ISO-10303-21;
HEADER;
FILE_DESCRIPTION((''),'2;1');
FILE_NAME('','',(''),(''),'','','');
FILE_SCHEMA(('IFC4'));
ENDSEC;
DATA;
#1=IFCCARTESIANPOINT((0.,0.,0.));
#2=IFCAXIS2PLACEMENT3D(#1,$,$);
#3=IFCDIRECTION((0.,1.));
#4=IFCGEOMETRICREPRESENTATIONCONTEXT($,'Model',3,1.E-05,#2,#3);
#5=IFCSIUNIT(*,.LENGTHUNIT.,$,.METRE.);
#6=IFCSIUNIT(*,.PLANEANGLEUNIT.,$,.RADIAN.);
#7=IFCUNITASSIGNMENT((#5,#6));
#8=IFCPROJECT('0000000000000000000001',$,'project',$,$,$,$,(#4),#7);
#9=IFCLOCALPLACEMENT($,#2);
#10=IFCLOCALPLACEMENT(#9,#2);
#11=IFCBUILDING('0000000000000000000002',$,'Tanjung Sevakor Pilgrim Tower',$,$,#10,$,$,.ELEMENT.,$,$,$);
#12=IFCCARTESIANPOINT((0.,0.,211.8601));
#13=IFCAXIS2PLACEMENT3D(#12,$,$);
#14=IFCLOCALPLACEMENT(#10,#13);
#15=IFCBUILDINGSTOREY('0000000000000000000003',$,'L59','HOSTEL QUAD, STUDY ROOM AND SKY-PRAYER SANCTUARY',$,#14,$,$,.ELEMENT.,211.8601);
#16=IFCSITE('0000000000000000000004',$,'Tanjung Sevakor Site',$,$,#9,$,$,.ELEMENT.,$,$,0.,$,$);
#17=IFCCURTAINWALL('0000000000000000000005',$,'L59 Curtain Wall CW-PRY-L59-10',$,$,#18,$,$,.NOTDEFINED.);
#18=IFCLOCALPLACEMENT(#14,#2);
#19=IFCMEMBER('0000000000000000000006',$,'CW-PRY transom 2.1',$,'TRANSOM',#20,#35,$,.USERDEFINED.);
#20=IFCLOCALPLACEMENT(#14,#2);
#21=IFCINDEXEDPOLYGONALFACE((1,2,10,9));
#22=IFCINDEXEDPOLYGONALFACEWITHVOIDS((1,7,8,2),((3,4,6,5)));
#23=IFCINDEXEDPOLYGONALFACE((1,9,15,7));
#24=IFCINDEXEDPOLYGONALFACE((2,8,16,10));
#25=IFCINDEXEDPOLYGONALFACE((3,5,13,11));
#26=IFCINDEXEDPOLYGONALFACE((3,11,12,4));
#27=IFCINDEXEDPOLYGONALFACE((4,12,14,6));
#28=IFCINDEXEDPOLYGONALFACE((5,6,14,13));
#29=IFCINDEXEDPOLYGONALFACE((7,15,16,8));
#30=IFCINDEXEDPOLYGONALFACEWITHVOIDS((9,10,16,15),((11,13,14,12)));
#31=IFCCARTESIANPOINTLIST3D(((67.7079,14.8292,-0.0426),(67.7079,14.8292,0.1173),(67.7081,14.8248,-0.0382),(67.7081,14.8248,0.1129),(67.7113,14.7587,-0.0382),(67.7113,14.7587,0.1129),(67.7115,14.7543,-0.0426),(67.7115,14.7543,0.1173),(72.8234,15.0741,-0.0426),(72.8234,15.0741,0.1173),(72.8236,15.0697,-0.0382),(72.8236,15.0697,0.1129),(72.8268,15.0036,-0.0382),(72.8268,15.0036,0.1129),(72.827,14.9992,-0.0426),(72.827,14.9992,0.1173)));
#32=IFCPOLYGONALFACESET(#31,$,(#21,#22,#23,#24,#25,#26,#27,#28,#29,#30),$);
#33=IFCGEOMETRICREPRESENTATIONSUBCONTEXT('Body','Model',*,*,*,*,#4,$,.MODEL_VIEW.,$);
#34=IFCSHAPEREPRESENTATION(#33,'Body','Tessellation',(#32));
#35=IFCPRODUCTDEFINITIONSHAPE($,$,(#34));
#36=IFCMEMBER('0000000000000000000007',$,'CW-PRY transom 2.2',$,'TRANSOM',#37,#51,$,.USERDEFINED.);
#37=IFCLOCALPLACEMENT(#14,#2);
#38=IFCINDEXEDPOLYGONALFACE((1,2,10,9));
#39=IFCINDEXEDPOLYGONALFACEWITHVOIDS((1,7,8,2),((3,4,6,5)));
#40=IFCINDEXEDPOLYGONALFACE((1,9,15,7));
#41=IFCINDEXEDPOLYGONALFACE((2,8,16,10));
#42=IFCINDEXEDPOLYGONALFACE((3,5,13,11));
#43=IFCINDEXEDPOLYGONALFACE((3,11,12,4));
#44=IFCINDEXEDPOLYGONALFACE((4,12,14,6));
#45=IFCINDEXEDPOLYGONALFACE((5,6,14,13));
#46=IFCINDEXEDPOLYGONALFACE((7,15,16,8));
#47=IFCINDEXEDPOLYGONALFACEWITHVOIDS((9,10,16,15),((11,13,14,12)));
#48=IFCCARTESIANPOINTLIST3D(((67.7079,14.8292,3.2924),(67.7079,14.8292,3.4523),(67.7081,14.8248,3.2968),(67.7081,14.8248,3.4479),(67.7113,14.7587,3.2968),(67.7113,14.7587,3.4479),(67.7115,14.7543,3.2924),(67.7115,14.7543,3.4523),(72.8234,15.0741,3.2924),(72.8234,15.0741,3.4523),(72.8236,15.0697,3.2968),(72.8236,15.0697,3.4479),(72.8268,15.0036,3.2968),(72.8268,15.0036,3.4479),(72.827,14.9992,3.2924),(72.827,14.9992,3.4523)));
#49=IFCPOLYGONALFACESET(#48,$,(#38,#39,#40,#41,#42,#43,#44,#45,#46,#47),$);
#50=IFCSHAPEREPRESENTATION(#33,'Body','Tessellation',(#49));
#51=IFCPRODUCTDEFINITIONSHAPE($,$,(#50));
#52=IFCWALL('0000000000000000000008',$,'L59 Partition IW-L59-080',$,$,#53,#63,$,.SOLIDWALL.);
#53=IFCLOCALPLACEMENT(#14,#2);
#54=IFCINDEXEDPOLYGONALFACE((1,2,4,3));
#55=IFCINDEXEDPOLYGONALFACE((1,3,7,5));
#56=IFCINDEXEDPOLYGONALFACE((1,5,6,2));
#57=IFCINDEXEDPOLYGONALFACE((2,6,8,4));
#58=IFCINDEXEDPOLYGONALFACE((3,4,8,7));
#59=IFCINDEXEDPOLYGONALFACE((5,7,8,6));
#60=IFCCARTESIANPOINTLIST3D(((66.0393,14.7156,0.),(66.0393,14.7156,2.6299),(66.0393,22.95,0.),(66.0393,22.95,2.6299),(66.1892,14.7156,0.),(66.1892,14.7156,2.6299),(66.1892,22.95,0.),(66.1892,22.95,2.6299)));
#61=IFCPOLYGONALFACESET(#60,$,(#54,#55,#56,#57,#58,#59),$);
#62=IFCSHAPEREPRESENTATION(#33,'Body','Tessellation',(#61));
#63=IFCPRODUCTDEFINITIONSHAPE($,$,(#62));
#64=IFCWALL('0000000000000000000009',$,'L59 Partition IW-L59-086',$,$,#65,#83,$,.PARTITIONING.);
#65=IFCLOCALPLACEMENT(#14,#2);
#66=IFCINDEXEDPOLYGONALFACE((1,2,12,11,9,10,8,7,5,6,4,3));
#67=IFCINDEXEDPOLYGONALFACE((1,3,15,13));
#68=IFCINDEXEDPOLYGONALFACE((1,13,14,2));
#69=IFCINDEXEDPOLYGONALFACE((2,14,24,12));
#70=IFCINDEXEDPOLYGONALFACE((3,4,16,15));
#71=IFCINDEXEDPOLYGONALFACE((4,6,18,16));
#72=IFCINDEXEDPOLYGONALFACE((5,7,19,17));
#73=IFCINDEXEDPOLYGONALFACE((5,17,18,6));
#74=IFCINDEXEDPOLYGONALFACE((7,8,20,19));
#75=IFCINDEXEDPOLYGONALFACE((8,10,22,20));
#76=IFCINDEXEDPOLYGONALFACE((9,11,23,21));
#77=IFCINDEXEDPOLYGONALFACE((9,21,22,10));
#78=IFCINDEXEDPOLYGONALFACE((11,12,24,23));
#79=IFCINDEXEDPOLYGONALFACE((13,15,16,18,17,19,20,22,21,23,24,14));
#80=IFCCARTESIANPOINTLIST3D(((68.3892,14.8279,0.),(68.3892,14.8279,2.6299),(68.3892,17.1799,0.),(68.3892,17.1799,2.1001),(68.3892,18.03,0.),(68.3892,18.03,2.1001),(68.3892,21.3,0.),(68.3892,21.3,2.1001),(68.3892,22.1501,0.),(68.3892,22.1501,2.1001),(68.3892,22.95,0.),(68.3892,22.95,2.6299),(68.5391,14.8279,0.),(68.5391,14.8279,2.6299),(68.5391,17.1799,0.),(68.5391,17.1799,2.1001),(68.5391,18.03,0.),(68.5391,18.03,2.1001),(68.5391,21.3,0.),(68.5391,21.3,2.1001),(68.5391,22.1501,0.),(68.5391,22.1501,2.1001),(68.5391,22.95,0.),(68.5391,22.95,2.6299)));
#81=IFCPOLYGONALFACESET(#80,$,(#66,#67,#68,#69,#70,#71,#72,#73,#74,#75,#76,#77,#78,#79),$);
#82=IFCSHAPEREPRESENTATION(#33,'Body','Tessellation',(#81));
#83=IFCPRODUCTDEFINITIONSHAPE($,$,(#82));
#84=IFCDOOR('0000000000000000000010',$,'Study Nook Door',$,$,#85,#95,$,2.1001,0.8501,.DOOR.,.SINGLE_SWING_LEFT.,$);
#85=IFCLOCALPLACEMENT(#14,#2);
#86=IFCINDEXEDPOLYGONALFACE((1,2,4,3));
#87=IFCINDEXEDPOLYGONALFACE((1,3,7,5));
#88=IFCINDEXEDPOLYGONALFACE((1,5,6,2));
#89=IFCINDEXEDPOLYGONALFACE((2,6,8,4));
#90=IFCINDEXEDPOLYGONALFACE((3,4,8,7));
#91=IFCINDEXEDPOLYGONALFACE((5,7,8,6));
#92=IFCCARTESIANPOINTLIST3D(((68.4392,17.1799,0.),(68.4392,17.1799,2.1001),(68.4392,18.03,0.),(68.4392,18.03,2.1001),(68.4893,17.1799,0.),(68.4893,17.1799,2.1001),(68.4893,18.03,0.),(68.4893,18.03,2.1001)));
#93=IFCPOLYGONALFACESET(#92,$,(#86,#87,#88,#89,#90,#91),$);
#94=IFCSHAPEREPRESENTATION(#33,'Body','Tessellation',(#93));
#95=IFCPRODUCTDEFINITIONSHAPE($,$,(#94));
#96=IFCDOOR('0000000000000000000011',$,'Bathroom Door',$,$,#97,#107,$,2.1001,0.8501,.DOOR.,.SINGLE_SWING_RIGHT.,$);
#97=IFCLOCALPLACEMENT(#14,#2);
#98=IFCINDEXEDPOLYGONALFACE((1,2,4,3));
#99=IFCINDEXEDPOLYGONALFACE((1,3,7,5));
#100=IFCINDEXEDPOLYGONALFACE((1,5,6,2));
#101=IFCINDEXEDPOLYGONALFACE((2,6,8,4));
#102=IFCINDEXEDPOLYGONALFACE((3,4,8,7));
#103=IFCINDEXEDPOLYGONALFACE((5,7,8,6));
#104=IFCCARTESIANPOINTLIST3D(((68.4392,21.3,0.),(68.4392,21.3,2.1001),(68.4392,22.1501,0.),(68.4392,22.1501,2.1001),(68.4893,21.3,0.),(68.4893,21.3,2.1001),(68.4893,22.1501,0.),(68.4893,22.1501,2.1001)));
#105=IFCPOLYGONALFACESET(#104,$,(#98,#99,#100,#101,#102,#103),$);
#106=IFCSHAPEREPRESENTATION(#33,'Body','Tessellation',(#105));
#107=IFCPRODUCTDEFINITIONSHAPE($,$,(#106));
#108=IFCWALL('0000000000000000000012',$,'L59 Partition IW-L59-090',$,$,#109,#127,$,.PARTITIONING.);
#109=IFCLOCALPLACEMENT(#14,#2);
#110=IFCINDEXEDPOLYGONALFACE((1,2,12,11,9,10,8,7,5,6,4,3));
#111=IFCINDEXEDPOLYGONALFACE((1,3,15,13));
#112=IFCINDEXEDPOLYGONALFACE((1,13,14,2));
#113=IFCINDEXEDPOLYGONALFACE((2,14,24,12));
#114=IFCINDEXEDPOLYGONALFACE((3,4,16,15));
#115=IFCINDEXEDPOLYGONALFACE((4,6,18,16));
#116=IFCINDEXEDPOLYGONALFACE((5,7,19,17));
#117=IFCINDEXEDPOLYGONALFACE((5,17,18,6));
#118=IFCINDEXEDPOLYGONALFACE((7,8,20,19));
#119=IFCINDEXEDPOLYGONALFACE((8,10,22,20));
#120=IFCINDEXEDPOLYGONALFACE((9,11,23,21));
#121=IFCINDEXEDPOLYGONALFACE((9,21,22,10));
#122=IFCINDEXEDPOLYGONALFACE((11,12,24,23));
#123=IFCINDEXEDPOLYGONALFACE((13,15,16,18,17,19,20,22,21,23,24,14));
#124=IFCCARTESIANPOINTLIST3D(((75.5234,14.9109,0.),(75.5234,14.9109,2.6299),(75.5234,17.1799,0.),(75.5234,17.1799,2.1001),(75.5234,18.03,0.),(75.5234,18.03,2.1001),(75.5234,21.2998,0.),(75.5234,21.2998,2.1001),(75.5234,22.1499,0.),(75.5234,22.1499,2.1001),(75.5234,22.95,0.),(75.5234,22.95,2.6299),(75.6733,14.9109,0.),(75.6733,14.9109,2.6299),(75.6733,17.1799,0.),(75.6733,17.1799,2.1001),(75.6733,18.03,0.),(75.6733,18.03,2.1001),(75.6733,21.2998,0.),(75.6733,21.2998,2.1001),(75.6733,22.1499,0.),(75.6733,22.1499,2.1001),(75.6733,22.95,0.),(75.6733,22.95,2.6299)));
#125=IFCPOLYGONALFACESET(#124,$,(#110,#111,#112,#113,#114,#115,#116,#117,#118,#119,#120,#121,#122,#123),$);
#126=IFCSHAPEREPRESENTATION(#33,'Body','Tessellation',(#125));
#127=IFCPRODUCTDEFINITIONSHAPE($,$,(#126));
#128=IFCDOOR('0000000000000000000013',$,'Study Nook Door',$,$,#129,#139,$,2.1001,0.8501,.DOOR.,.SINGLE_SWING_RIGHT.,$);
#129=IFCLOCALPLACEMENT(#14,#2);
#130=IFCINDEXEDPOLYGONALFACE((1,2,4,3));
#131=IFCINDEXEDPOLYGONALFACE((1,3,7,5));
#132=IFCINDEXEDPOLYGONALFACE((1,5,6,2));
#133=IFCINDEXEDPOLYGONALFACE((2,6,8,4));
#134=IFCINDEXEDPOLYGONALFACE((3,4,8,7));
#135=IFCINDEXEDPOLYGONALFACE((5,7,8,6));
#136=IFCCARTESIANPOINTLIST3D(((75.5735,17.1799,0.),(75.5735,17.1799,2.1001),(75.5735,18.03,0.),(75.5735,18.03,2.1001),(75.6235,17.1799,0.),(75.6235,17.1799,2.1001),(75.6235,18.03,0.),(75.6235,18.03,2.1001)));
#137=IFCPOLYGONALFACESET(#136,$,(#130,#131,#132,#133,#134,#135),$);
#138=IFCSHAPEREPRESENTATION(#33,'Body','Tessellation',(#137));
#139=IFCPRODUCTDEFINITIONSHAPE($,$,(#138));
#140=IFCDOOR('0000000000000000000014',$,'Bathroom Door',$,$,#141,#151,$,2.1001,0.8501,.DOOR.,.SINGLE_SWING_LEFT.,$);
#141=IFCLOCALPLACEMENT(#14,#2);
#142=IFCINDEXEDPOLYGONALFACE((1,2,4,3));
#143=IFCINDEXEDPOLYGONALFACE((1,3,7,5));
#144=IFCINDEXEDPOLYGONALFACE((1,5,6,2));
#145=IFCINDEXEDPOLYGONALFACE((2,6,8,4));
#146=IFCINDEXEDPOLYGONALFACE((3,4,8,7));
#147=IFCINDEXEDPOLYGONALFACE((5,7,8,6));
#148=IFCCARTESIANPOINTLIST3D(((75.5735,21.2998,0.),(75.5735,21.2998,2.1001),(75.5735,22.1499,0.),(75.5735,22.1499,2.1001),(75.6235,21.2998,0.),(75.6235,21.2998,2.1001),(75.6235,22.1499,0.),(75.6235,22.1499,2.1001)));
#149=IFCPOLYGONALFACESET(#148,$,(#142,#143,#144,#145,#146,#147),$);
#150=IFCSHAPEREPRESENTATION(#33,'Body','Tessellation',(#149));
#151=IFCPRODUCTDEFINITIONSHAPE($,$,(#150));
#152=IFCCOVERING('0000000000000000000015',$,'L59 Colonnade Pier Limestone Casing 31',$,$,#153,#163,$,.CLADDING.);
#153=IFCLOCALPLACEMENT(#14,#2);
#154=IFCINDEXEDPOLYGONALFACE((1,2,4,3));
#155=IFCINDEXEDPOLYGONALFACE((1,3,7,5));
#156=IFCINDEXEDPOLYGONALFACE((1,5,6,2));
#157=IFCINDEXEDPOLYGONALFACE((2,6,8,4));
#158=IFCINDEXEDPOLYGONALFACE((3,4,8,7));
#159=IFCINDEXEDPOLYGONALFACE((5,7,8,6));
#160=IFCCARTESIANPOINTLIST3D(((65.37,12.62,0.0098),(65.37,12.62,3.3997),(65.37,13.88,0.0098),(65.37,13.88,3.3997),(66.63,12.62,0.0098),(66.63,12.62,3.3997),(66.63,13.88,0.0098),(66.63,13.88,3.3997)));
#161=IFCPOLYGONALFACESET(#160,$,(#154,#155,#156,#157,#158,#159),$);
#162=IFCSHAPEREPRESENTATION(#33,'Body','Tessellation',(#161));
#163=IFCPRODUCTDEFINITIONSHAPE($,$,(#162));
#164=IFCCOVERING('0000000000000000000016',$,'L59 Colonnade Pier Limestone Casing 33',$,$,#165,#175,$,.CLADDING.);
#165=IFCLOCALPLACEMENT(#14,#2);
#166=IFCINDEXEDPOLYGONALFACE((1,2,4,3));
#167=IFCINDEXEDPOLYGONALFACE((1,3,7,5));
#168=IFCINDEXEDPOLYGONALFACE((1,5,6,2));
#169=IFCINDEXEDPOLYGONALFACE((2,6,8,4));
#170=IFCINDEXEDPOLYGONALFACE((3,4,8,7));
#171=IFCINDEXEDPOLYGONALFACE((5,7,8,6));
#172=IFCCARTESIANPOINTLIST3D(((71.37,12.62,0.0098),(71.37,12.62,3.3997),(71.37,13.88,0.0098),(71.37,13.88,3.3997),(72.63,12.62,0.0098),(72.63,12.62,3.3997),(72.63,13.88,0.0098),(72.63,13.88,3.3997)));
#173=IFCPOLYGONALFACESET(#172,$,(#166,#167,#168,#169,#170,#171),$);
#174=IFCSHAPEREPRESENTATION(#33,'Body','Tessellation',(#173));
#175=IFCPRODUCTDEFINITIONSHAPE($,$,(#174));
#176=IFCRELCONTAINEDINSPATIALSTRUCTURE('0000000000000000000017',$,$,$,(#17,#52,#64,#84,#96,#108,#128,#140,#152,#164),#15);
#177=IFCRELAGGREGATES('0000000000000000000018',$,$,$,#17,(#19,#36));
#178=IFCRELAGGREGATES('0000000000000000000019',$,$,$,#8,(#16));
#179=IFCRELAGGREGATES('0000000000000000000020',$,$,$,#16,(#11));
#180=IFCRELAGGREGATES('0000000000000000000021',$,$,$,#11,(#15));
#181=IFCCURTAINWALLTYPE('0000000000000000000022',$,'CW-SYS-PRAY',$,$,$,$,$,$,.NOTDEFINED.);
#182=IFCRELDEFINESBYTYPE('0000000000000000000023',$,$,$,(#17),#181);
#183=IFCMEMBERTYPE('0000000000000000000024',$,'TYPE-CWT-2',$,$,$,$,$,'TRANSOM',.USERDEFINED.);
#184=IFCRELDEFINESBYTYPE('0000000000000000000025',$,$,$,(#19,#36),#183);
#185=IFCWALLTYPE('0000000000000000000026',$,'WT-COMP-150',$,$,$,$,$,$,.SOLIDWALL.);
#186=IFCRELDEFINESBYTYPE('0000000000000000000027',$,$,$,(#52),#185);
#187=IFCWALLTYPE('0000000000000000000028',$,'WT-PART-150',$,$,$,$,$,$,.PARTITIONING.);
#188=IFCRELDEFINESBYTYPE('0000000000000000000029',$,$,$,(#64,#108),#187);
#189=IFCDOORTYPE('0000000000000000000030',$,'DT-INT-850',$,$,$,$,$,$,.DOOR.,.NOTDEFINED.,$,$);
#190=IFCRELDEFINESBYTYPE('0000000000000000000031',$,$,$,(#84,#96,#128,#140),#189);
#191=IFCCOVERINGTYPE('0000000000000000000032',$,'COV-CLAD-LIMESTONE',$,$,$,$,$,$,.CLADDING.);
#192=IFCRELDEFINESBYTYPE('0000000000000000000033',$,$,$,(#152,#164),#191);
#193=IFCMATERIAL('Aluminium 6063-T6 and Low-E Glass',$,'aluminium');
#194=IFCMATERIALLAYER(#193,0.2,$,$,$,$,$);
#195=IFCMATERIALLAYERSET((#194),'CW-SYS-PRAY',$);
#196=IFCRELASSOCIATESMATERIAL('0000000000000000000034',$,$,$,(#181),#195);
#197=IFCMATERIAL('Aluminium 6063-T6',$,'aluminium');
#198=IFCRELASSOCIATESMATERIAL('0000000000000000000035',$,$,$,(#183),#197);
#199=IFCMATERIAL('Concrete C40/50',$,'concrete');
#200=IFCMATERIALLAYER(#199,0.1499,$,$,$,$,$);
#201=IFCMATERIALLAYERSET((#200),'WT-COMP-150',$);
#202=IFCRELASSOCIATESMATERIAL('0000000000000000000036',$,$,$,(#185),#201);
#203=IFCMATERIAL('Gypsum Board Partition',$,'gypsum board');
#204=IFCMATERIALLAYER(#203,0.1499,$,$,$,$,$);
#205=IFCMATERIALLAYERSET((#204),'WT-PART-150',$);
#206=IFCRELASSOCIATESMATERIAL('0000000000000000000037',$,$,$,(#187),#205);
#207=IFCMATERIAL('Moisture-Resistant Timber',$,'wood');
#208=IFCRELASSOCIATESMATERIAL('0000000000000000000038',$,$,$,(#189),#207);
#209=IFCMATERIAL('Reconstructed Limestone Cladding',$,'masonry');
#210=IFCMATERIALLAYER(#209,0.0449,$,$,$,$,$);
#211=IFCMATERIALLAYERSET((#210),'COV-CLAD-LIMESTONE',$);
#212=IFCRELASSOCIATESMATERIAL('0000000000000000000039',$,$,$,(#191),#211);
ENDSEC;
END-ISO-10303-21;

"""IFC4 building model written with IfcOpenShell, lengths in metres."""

from ifc_helpers import new_model, si_unit, direction, frame, frame_2d, origin, origin_2d, place, context, subcontext, project, spatial, rectangle, hollow_rectangle, extrude, material, layer, layer_set, material_profile, profile_set, type_object, element, fill, aggregate, save


model = new_model("IFC4")

# Units and contexts
model_context = context("Model", 3, precision=1e-05, world=origin(), true_north=direction((0.0, 1.0)))
body_context = subcontext(model_context, "Body", "Model", "MODEL_VIEW")
ifc_project = project(units=[si_unit("LENGTHUNIT", "METRE"), si_unit("PLANEANGLEUNIT", "RADIAN")], contexts=[model_context])

# Site, building, storey
site_placement = place(None, origin())
site = spatial("IfcSite", under=ifc_project, at=site_placement, Name="Tanjung Sevakor Site", CompositionType="ELEMENT", RefElevation=0.0)
building_placement = place(site_placement, origin())
building = spatial("IfcBuilding", under=site, at=building_placement, Name="Tanjung Sevakor Pilgrim Tower", CompositionType="ELEMENT")
storey_placement = place(building_placement, frame((0.0, 0.0, 211.8601)))
storey = spatial("IfcBuildingStorey", under=building, at=storey_placement, Name="L59", Description="HOSTEL QUAD, STUDY ROOM AND SKY-PRAYER SANCTUARY", CompositionType="ELEMENT", Elevation=211.8601)

# Curtain wall, members
ifc_material_1 = material(Name="Aluminium 6063-T6 and Low-E Glass", Category="aluminium")
ifc_layer_1 = layer(ifc_material_1, 0.2)
ifc_layer_set_1 = layer_set([ifc_layer_1], Name="CW-SYS-PRAY")
curtain_wall_type = type_object("IfcCurtainWallType", Name="CW-SYS-PRAY", PredefinedType="NOTDEFINED", material=ifc_layer_set_1)
curtain_wall_placement = place(storey_placement, origin())
curtain_wall = element("IfcCurtainWall", 1, at=curtain_wall_placement, inside=storey, type_object=curtain_wall_type, Name="L59 Curtain Wall CW-PRY-L59-10", PredefinedType="NOTDEFINED")
ifc_material_2 = material(Name="Aluminium 6063-T6", Category="aluminium")
ifc_material_profile_1 = material_profile(ifc_material_2, hollow_rectangle(XDim=0.075, YDim=0.1599, WallThickness=0.0044, at=origin_2d()))
ifc_profile_set_1 = profile_set([ifc_material_profile_1], Name="Aluminium 6063-T6")
member_type_1 = type_object("IfcMemberType", Name="TYPE-CWT-2", ElementType="TRANSOM", PredefinedType="USERDEFINED", material=ifc_profile_set_1)
member_1_placement = place(storey_placement, frame((67.7097, 14.7917, 0.0374), z_axis=(0.998856, 0.047814, 0.0), x_axis=(-0.047814, 0.998856, 0.0)))
member_1 = element("IfcMember", 2, at=member_1_placement, type_object=member_type_1, Name="CW-PRY transom 2.1", ObjectType="TRANSOM", PredefinedType="USERDEFINED", context=body_context, shape_type="SweptSolid", body=[
    extrude(hollow_rectangle(XDim=0.075, YDim=0.1599, WallThickness=0.0044, at=origin_2d()), origin(), (0.0, 0.0, 1.0), 5.1213),
])
member_2_placement = place(storey_placement, frame((67.7097, 14.7917, 3.3723), z_axis=(0.998856, 0.047814, 0.0), x_axis=(-0.047814, 0.998856, 0.0)))
member_2 = element("IfcMember", 3, at=member_2_placement, type_object=member_type_1, Name="CW-PRY transom 2.2", ObjectType="TRANSOM", PredefinedType="USERDEFINED", context=body_context, shape_type="SweptSolid", body=[
    extrude(hollow_rectangle(XDim=0.075, YDim=0.1599, WallThickness=0.0044, at=origin_2d()), origin(), (0.0, 0.0, 1.0), 5.1213),
])
aggregate(curtain_wall, [member_1, member_2])

# Wall
ifc_material_3 = material(Name="Concrete C40/50", Category="concrete")
ifc_layer_2 = layer(ifc_material_3, 0.1499)
ifc_layer_set_2 = layer_set([ifc_layer_2], Name="WT-COMP-150")
wall_type_1 = type_object("IfcWallType", Name="WT-COMP-150", PredefinedType="SOLIDWALL", material=ifc_layer_set_2)
wall_1_placement = place(storey_placement, frame((66.1143, 14.7156, 0.0), z_axis=(0.0, 0.0, 1.0), x_axis=(0.0, 1.0, 0.0)))
element("IfcWall", 4, at=wall_1_placement, inside=storey, type_object=wall_type_1, Name="L59 Partition IW-L59-080", PredefinedType="SOLIDWALL", context=body_context, shape_type="SweptSolid", body=[
    extrude(rectangle(XDim=8.2344, YDim=0.1499, at=frame_2d((4.1172, 0.0))), origin(), (0.0, 0.0, 1.0), 2.6299),
])

# Walls, openings, doors
ifc_material_4 = material(Name="Gypsum Board Partition", Category="gypsum board")
ifc_layer_3 = layer(ifc_material_4, 0.1499)
ifc_layer_set_3 = layer_set([ifc_layer_3], Name="WT-PART-150")
wall_type_2 = type_object("IfcWallType", Name="WT-PART-150", PredefinedType="PARTITIONING", material=ifc_layer_set_3)
wall_2_placement = place(storey_placement, frame((68.4641, 14.8279, 0.0), z_axis=(0.0, 0.0, 1.0), x_axis=(0.0, 1.0, 0.0)))
wall_2 = element("IfcWall", 5, at=wall_2_placement, inside=storey, type_object=wall_type_2, Name="L59 Partition IW-L59-086", PredefinedType="PARTITIONING", context=body_context, shape_type="SweptSolid", body=[
    extrude(rectangle(XDim=8.1221, YDim=0.1499, at=frame_2d((4.061, 0.0))), origin(), (0.0, 0.0, 1.0), 2.6299),
])
opening_1_placement = place(wall_2_placement, frame((2.3521, 0.0, 0.0)))
opening_1 = element("IfcOpeningElement", 6, at=opening_1_placement, cuts=wall_2, PredefinedType="OPENING", context=body_context, shape_type="SweptSolid", body=[
    extrude(rectangle(XDim=0.8501, YDim=2.1001, at=frame_2d((0.425, 1.05))), frame((0.0, 0.085, 0.0), z_axis=(0.0, -1.0, 0.0), x_axis=(1.0, 0.0, 0.0)), (0.0, 0.0, 1.0), 0.1699),
])
opening_2_placement = place(wall_2_placement, frame((6.4722, 0.0, 0.0)))
opening_2 = element("IfcOpeningElement", 7, at=opening_2_placement, cuts=wall_2, PredefinedType="OPENING", context=body_context, shape_type="SweptSolid", body=[
    extrude(rectangle(XDim=0.8501, YDim=2.1001, at=frame_2d((0.425, 1.05))), frame((0.0, 0.085, 0.0), z_axis=(0.0, -1.0, 0.0), x_axis=(1.0, 0.0, 0.0)), (0.0, 0.0, 1.0), 0.1699),
])
ifc_material_5 = material(Name="Moisture-Resistant Timber", Category="wood")
door_type = type_object("IfcDoorType", Name="DT-INT-850", OperationType="NOTDEFINED", PredefinedType="DOOR", material=ifc_material_5)
door_1_placement = place(opening_1_placement, origin())
door_1 = element("IfcDoor", 8, at=door_1_placement, inside=storey, type_object=door_type, Name="Study Nook Door", OperationType="SINGLE_SWING_LEFT", OverallHeight=2.1001, OverallWidth=0.8501, PredefinedType="DOOR", context=body_context, shape_type="SweptSolid", body=[
    extrude(rectangle(XDim=0.8501, YDim=2.1001, at=frame_2d((0.425, 1.05))), frame((0.0, 0.0249, 0.0), z_axis=(0.0, -1.0, 0.0), x_axis=(1.0, 0.0, 0.0)), (0.0, 0.0, 1.0), 0.05),
])
fill(opening_1, door_1)
door_2_placement = place(opening_2_placement, origin())
door_2 = element("IfcDoor", 9, at=door_2_placement, inside=storey, type_object=door_type, Name="Bathroom Door", OperationType="SINGLE_SWING_RIGHT", OverallHeight=2.1001, OverallWidth=0.8501, PredefinedType="DOOR", context=body_context, shape_type="SweptSolid", body=[
    extrude(rectangle(XDim=0.8501, YDim=2.1001, at=frame_2d((0.425, 1.05))), frame((0.0, 0.0249, 0.0), z_axis=(0.0, -1.0, 0.0), x_axis=(1.0, 0.0, 0.0)), (0.0, 0.0, 1.0), 0.05),
])
fill(opening_2, door_2)
wall_3_placement = place(storey_placement, frame((75.5984, 14.9109, 0.0), z_axis=(0.0, 0.0, 1.0), x_axis=(0.0, 1.0, 0.0)))
wall_3 = element("IfcWall", 10, at=wall_3_placement, inside=storey, type_object=wall_type_2, Name="L59 Partition IW-L59-090", PredefinedType="PARTITIONING", context=body_context, shape_type="SweptSolid", body=[
    extrude(rectangle(XDim=8.0391, YDim=0.1499, at=frame_2d((4.0195, 0.0))), origin(), (0.0, 0.0, 1.0), 2.6299),
])
opening_3_placement = place(wall_3_placement, frame((2.269, 0.0, 0.0)))
opening_3 = element("IfcOpeningElement", 11, at=opening_3_placement, cuts=wall_3, PredefinedType="OPENING", context=body_context, shape_type="SweptSolid", body=[
    extrude(rectangle(XDim=0.8501, YDim=2.1001, at=frame_2d((0.425, 1.05))), frame((0.0, 0.085, 0.0), z_axis=(0.0, -1.0, 0.0), x_axis=(1.0, 0.0, 0.0)), (0.0, 0.0, 1.0), 0.1699),
])
opening_4_placement = place(wall_3_placement, frame((6.3889, 0.0, 0.0)))
opening_4 = element("IfcOpeningElement", 12, at=opening_4_placement, cuts=wall_3, PredefinedType="OPENING", context=body_context, shape_type="SweptSolid", body=[
    extrude(rectangle(XDim=0.8501, YDim=2.1001, at=frame_2d((0.425, 1.05))), frame((0.0, 0.085, 0.0), z_axis=(0.0, -1.0, 0.0), x_axis=(1.0, 0.0, 0.0)), (0.0, 0.0, 1.0), 0.1699),
])
door_3_placement = place(opening_3_placement, origin())
door_3 = element("IfcDoor", 13, at=door_3_placement, inside=storey, type_object=door_type, Name="Study Nook Door", OperationType="SINGLE_SWING_RIGHT", OverallHeight=2.1001, OverallWidth=0.8501, PredefinedType="DOOR", context=body_context, shape_type="SweptSolid", body=[
    extrude(rectangle(XDim=0.8501, YDim=2.1001, at=frame_2d((0.425, 1.05))), frame((0.0, 0.0249, 0.0), z_axis=(0.0, -1.0, 0.0), x_axis=(1.0, 0.0, 0.0)), (0.0, 0.0, 1.0), 0.05),
])
fill(opening_3, door_3)
door_4_placement = place(opening_4_placement, origin())
door_4 = element("IfcDoor", 14, at=door_4_placement, inside=storey, type_object=door_type, Name="Bathroom Door", OperationType="SINGLE_SWING_LEFT", OverallHeight=2.1001, OverallWidth=0.8501, PredefinedType="DOOR", context=body_context, shape_type="SweptSolid", body=[
    extrude(rectangle(XDim=0.8501, YDim=2.1001, at=frame_2d((0.425, 1.05))), frame((0.0, 0.0249, 0.0), z_axis=(0.0, -1.0, 0.0), x_axis=(1.0, 0.0, 0.0)), (0.0, 0.0, 1.0), 0.05),
])
fill(opening_4, door_4)

# Coverings
ifc_material_6 = material(Name="Reconstructed Limestone Cladding", Category="masonry")
ifc_layer_4 = layer(ifc_material_6, 0.0449)
ifc_layer_set_4 = layer_set([ifc_layer_4], Name="COV-CLAD-LIMESTONE")
covering_type = type_object("IfcCoveringType", Name="COV-CLAD-LIMESTONE", PredefinedType="CLADDING", material=ifc_layer_set_4)
for number, where, z_axis, x_axis, name in (
    (15, (66.0, 13.25, 0.0098), (0.0, 0.0, 1.0), (1.0, 0.0, 0.0), "L59 Colonnade Pier Limestone Casing 31"),
    (16, (72.0, 13.25, 0.0098), (0.0, 0.0, 1.0), (1.0, 0.0, 0.0), "L59 Colonnade Pier Limestone Casing 33"),
):
    element("IfcCovering", number, at=place(storey_placement, frame(where, z_axis=z_axis, x_axis=x_axis)), inside=storey, type_object=covering_type, Name=name, PredefinedType="CLADDING", context=body_context, shape_type="SweptSolid", body=[
        extrude(rectangle(XDim=1.26, YDim=1.26, at=origin_2d()), origin(), (0.0, 0.0, 1.0), 3.3899),
    ])

save(model, "model.ifc")
